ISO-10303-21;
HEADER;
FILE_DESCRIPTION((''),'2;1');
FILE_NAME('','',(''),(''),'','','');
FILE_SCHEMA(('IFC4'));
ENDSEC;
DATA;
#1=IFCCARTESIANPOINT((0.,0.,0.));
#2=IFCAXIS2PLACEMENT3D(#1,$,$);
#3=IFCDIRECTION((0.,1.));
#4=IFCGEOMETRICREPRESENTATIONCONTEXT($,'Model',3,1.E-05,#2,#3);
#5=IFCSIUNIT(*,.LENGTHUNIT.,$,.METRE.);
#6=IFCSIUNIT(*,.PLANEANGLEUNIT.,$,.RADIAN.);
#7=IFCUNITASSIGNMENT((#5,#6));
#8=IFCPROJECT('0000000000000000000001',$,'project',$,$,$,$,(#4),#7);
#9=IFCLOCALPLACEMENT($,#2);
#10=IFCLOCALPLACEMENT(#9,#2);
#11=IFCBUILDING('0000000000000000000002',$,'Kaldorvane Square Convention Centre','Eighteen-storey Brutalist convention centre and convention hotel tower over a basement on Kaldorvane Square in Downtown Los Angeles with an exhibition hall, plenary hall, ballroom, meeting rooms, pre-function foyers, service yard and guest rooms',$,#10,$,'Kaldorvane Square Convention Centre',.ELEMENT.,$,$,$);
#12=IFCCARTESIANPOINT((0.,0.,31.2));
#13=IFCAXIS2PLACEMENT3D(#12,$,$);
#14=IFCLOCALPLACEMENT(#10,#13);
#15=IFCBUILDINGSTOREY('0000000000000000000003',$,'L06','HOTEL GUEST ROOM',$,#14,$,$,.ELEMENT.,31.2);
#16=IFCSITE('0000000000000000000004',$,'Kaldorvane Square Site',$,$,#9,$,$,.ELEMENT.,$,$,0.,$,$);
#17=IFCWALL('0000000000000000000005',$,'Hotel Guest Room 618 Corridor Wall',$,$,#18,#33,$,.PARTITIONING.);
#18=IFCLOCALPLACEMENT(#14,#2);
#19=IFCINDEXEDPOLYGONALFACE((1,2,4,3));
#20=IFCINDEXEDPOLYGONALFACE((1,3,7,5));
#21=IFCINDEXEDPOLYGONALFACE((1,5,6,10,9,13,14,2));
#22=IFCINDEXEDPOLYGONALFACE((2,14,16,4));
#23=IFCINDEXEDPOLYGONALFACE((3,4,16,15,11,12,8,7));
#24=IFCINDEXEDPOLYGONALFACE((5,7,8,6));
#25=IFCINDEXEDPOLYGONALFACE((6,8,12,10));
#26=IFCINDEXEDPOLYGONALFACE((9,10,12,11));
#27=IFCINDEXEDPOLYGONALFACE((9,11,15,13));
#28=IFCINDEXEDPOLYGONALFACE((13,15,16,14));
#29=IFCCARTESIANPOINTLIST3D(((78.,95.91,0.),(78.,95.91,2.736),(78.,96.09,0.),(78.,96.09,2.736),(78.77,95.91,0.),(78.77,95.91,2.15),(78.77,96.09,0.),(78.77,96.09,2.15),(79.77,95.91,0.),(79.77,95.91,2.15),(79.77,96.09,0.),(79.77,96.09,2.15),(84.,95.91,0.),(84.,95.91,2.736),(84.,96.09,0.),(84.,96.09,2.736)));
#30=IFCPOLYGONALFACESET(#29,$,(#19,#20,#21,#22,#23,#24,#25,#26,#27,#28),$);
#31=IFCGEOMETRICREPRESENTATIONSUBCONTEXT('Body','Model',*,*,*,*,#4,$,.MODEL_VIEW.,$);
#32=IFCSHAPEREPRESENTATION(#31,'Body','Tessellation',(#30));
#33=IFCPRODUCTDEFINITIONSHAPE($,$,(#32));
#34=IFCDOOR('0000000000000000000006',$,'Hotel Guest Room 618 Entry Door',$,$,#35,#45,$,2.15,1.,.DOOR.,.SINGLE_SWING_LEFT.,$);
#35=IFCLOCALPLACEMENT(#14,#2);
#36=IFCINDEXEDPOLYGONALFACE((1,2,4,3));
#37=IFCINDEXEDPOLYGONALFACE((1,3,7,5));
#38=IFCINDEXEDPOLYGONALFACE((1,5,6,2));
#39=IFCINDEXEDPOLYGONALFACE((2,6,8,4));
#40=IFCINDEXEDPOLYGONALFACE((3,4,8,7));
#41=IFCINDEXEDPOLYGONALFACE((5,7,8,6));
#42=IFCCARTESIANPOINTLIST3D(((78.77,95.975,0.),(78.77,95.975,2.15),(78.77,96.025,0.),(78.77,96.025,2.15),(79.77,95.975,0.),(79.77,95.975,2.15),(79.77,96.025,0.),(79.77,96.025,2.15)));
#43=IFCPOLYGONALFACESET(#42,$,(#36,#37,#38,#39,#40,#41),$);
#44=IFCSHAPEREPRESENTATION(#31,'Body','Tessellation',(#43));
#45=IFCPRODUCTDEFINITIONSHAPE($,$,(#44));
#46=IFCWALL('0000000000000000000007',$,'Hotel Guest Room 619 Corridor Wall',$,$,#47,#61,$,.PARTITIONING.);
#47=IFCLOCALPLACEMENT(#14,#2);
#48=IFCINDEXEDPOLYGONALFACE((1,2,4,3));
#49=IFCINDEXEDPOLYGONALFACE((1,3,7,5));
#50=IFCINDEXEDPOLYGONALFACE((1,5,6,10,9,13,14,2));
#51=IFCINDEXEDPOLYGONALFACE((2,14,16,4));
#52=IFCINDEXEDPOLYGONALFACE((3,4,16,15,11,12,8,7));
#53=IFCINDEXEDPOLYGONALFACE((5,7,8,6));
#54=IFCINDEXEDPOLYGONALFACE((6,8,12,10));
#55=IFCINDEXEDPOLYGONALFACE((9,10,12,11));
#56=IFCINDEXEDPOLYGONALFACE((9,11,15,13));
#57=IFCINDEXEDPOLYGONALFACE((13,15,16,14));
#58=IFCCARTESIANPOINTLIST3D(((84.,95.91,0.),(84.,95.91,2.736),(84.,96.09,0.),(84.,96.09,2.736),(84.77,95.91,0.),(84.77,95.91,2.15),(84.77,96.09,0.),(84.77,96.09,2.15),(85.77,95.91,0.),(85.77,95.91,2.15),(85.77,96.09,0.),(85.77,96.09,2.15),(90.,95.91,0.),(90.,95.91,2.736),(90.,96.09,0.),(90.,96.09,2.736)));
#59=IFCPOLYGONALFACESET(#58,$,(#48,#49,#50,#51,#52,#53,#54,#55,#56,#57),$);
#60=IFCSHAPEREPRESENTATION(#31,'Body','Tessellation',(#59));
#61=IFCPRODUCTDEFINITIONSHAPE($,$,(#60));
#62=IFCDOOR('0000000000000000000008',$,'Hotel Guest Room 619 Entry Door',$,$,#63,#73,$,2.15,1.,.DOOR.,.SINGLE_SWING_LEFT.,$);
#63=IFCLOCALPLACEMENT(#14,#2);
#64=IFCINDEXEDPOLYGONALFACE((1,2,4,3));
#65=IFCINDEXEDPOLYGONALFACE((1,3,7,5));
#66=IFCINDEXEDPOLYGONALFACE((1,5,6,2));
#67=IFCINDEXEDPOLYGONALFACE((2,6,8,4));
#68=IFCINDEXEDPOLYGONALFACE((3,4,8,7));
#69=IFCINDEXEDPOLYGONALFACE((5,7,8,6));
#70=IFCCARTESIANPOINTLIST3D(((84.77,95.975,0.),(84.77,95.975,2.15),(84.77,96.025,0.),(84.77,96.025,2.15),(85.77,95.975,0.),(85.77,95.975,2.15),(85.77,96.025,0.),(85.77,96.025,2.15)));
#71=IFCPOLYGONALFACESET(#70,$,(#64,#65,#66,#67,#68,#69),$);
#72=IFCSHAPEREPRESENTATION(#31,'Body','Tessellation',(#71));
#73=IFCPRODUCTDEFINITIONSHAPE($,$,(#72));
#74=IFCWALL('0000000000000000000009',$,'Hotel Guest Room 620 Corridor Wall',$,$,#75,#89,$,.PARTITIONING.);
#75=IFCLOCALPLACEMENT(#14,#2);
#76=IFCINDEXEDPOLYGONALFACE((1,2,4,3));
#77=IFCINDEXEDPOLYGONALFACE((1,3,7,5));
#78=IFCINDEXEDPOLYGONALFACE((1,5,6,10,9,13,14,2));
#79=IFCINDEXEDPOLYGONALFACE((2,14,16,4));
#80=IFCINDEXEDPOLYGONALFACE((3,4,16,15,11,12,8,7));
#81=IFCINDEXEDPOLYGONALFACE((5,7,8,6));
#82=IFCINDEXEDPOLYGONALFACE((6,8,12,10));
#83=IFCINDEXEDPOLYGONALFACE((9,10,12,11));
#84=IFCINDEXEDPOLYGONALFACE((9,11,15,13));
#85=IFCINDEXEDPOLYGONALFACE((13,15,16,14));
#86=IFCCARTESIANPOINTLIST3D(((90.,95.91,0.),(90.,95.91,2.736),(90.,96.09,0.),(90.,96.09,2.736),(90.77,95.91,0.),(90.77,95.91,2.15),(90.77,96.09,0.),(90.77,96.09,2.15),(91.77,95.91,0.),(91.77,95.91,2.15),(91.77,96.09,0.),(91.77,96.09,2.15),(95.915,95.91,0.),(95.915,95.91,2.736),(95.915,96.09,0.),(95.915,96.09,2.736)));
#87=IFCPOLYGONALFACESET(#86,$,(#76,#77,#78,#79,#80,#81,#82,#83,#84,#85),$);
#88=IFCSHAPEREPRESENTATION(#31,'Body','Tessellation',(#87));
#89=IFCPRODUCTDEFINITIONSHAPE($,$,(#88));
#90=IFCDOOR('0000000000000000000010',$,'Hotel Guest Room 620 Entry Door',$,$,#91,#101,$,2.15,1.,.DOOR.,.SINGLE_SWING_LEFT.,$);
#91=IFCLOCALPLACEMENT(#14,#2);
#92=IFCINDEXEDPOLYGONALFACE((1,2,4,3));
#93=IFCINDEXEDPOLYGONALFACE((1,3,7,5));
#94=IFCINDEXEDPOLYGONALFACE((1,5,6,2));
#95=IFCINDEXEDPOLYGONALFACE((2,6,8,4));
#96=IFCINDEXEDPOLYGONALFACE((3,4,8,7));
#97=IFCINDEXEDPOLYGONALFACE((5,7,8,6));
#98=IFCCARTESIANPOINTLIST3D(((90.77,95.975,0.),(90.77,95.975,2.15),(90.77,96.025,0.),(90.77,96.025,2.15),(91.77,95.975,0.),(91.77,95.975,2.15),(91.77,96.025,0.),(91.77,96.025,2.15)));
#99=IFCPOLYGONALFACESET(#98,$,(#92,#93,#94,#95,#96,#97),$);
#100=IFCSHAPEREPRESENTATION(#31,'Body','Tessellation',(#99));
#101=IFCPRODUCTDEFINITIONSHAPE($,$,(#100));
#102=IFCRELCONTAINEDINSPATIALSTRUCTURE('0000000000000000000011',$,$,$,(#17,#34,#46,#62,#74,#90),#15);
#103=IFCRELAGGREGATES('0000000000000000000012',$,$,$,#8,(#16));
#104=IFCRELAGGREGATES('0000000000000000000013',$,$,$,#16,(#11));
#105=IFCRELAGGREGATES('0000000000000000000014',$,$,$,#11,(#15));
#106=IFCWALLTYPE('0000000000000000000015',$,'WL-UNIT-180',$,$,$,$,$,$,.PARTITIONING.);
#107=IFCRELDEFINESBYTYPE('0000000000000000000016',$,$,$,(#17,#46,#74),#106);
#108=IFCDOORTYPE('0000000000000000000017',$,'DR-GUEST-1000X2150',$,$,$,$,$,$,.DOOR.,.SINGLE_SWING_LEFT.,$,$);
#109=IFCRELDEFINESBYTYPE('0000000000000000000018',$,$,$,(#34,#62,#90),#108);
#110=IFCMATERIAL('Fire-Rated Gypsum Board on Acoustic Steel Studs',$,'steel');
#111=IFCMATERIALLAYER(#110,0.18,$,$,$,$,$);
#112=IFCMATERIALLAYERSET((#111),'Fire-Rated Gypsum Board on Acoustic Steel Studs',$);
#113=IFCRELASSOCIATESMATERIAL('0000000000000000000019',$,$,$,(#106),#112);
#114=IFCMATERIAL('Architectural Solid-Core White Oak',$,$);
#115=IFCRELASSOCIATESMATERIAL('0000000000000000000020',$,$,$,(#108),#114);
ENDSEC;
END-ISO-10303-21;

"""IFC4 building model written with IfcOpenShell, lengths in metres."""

from ifc_helpers import new_model, si_unit, direction, frame, frame_2d, origin, place, context, subcontext, project, spatial, rectangle, extrude, material, layer, layer_set, type_object, element, fill, save


model = new_model("IFC4")

# Units and contexts
model_context = context("Model", 3, precision=1e-05, world=origin(), true_north=direction((0.0, 1.0)))
body_context = subcontext(model_context, "Body", "Model", "MODEL_VIEW")
ifc_project = project(units=[si_unit("LENGTHUNIT", "METRE"), si_unit("PLANEANGLEUNIT", "RADIAN")], contexts=[model_context])

# Site, building, storey
site_placement = place(None, origin())
site = spatial("IfcSite", under=ifc_project, at=site_placement, Name="Kaldorvane Square Site", CompositionType="ELEMENT", RefElevation=0.0)
building_placement = place(site_placement, origin())
building = spatial("IfcBuilding", under=site, at=building_placement, Name="Kaldorvane Square Convention Centre", Description="Eighteen-storey Brutalist convention centre and convention hotel tower over a basement on Kaldorvane Square in Downtown Los Angeles with an exhibition hall, plenary hall, ballroom, meeting rooms, pre-function foyers, service yard and guest rooms", LongName="Kaldorvane Square Convention Centre", CompositionType="ELEMENT")
storey_placement = place(building_placement, frame((0.0, 0.0, 31.2)))
storey = spatial("IfcBuildingStorey", under=building, at=storey_placement, Name="L06", Description="HOTEL GUEST ROOM", CompositionType="ELEMENT", Elevation=31.2)

# Shared definitions
ifc_material_1 = material(Name="Fire-Rated Gypsum Board on Acoustic Steel Studs", Category="steel")
ifc_material_2 = material(Name="Architectural Solid-Core White Oak")

# Walls, openings, doors
ifc_layer_1 = layer(ifc_material_1, 0.18)
ifc_layer_set_1 = layer_set([ifc_layer_1], Name="Fire-Rated Gypsum Board on Acoustic Steel Studs")
wall_type_1 = type_object("IfcWallType", Name="WL-UNIT-180", PredefinedType="PARTITIONING", material=ifc_layer_set_1)
wall_1_placement = place(storey_placement, frame((78.0, 96.0, 0.0), z_axis=(0.0, 0.0, 1.0), x_axis=(1.0, 0.0, 0.0)))
wall_1 = element("IfcWall", 1, at=wall_1_placement, inside=storey, type_object=wall_type_1, Name="Hotel Guest Room 618 Corridor Wall", PredefinedType="PARTITIONING", context=body_context, shape_type="SweptSolid", body=[
    extrude(rectangle(XDim=6.0, YDim=0.18, at=frame_2d((3.0, 0.0))), origin(), (0.0, 0.0, 1.0), 2.736),
])
opening_1_placement = place(wall_1_placement, frame((0.77, 0.0, 0.0)))
opening_1 = element("IfcOpeningElement", 2, at=opening_1_placement, cuts=wall_1, PredefinedType="OPENING", context=body_context, shape_type="SweptSolid", body=[
    extrude(rectangle(XDim=1.0, YDim=2.15, at=frame_2d((0.5, 1.075))), frame((0.0, 0.105, 0.0), z_axis=(0.0, -1.0, 0.0), x_axis=(1.0, 0.0, 0.0)), (0.0, 0.0, 1.0), 0.21),
])
door_type_1 = type_object("IfcDoorType", Name="DR-GUEST-1000X2150", OperationType="SINGLE_SWING_LEFT", PredefinedType="DOOR", material=ifc_material_2)
door_1_placement = place(opening_1_placement, origin())
door_1 = element("IfcDoor", 3, at=door_1_placement, inside=storey, type_object=door_type_1, Name="Hotel Guest Room 618 Entry Door", OperationType="SINGLE_SWING_LEFT", OverallHeight=2.15, OverallWidth=1.0, PredefinedType="DOOR", context=body_context, shape_type="SweptSolid", body=[
    extrude(rectangle(XDim=1.0, YDim=2.15, at=frame_2d((0.5, 1.075))), frame((0.0, 0.025, 0.0), z_axis=(0.0, -1.0, 0.0), x_axis=(1.0, 0.0, 0.0)), (0.0, 0.0, 1.0), 0.05),
])
fill(opening_1, door_1)
wall_2_placement = place(storey_placement, frame((84.0, 96.0, 0.0), z_axis=(0.0, 0.0, 1.0), x_axis=(1.0, 0.0, 0.0)))
wall_2 = element("IfcWall", 4, at=wall_2_placement, inside=storey, type_object=wall_type_1, Name="Hotel Guest Room 619 Corridor Wall", PredefinedType="PARTITIONING", context=body_context, shape_type="SweptSolid", body=[
    extrude(rectangle(XDim=6.0, YDim=0.18, at=frame_2d((3.0, 0.0))), origin(), (0.0, 0.0, 1.0), 2.736),
])
opening_2_placement = place(wall_2_placement, frame((0.77, 0.0, 0.0)))
opening_2 = element("IfcOpeningElement", 5, at=opening_2_placement, cuts=wall_2, PredefinedType="OPENING", context=body_context, shape_type="SweptSolid", body=[
    extrude(rectangle(XDim=1.0, YDim=2.15, at=frame_2d((0.5, 1.075))), frame((0.0, 0.105, 0.0), z_axis=(0.0, -1.0, 0.0), x_axis=(1.0, 0.0, 0.0)), (0.0, 0.0, 1.0), 0.21),
])
door_2_placement = place(opening_2_placement, origin())
door_2 = element("IfcDoor", 6, at=door_2_placement, inside=storey, type_object=door_type_1, Name="Hotel Guest Room 619 Entry Door", OperationType="SINGLE_SWING_LEFT", OverallHeight=2.15, OverallWidth=1.0, PredefinedType="DOOR", context=body_context, shape_type="SweptSolid", body=[
    extrude(rectangle(XDim=1.0, YDim=2.15, at=frame_2d((0.5, 1.075))), frame((0.0, 0.025, 0.0), z_axis=(0.0, -1.0, 0.0), x_axis=(1.0, 0.0, 0.0)), (0.0, 0.0, 1.0), 0.05),
])
fill(opening_2, door_2)
wall_3_placement = place(storey_placement, frame((90.0, 96.0, 0.0), z_axis=(0.0, 0.0, 1.0), x_axis=(1.0, 0.0, 0.0)))
wall_3 = element("IfcWall", 7, at=wall_3_placement, inside=storey, type_object=wall_type_1, Name="Hotel Guest Room 620 Corridor Wall", PredefinedType="PARTITIONING", context=body_context, shape_type="SweptSolid", body=[
    extrude(rectangle(XDim=5.915, YDim=0.18, at=frame_2d((2.9575, 0.0))), origin(), (0.0, 0.0, 1.0), 2.736),
])
opening_3_placement = place(wall_3_placement, frame((0.77, 0.0, 0.0)))
opening_3 = element("IfcOpeningElement", 8, at=opening_3_placement, cuts=wall_3, PredefinedType="OPENING", context=body_context, shape_type="SweptSolid", body=[
    extrude(rectangle(XDim=1.0, YDim=2.15, at=frame_2d((0.5, 1.075))), frame((0.0, 0.105, 0.0), z_axis=(0.0, -1.0, 0.0), x_axis=(1.0, 0.0, 0.0)), (0.0, 0.0, 1.0), 0.21),
])
door_3_placement = place(opening_3_placement, origin())
door_3 = element("IfcDoor", 9, at=door_3_placement, inside=storey, type_object=door_type_1, Name="Hotel Guest Room 620 Entry Door", OperationType="SINGLE_SWING_LEFT", OverallHeight=2.15, OverallWidth=1.0, PredefinedType="DOOR", context=body_context, shape_type="SweptSolid", body=[
    extrude(rectangle(XDim=1.0, YDim=2.15, at=frame_2d((0.5, 1.075))), frame((0.0, 0.025, 0.0), z_axis=(0.0, -1.0, 0.0), x_axis=(1.0, 0.0, 0.0)), (0.0, 0.0, 1.0), 0.05),
])
fill(opening_3, door_3)

save(model, "model.ifc")
